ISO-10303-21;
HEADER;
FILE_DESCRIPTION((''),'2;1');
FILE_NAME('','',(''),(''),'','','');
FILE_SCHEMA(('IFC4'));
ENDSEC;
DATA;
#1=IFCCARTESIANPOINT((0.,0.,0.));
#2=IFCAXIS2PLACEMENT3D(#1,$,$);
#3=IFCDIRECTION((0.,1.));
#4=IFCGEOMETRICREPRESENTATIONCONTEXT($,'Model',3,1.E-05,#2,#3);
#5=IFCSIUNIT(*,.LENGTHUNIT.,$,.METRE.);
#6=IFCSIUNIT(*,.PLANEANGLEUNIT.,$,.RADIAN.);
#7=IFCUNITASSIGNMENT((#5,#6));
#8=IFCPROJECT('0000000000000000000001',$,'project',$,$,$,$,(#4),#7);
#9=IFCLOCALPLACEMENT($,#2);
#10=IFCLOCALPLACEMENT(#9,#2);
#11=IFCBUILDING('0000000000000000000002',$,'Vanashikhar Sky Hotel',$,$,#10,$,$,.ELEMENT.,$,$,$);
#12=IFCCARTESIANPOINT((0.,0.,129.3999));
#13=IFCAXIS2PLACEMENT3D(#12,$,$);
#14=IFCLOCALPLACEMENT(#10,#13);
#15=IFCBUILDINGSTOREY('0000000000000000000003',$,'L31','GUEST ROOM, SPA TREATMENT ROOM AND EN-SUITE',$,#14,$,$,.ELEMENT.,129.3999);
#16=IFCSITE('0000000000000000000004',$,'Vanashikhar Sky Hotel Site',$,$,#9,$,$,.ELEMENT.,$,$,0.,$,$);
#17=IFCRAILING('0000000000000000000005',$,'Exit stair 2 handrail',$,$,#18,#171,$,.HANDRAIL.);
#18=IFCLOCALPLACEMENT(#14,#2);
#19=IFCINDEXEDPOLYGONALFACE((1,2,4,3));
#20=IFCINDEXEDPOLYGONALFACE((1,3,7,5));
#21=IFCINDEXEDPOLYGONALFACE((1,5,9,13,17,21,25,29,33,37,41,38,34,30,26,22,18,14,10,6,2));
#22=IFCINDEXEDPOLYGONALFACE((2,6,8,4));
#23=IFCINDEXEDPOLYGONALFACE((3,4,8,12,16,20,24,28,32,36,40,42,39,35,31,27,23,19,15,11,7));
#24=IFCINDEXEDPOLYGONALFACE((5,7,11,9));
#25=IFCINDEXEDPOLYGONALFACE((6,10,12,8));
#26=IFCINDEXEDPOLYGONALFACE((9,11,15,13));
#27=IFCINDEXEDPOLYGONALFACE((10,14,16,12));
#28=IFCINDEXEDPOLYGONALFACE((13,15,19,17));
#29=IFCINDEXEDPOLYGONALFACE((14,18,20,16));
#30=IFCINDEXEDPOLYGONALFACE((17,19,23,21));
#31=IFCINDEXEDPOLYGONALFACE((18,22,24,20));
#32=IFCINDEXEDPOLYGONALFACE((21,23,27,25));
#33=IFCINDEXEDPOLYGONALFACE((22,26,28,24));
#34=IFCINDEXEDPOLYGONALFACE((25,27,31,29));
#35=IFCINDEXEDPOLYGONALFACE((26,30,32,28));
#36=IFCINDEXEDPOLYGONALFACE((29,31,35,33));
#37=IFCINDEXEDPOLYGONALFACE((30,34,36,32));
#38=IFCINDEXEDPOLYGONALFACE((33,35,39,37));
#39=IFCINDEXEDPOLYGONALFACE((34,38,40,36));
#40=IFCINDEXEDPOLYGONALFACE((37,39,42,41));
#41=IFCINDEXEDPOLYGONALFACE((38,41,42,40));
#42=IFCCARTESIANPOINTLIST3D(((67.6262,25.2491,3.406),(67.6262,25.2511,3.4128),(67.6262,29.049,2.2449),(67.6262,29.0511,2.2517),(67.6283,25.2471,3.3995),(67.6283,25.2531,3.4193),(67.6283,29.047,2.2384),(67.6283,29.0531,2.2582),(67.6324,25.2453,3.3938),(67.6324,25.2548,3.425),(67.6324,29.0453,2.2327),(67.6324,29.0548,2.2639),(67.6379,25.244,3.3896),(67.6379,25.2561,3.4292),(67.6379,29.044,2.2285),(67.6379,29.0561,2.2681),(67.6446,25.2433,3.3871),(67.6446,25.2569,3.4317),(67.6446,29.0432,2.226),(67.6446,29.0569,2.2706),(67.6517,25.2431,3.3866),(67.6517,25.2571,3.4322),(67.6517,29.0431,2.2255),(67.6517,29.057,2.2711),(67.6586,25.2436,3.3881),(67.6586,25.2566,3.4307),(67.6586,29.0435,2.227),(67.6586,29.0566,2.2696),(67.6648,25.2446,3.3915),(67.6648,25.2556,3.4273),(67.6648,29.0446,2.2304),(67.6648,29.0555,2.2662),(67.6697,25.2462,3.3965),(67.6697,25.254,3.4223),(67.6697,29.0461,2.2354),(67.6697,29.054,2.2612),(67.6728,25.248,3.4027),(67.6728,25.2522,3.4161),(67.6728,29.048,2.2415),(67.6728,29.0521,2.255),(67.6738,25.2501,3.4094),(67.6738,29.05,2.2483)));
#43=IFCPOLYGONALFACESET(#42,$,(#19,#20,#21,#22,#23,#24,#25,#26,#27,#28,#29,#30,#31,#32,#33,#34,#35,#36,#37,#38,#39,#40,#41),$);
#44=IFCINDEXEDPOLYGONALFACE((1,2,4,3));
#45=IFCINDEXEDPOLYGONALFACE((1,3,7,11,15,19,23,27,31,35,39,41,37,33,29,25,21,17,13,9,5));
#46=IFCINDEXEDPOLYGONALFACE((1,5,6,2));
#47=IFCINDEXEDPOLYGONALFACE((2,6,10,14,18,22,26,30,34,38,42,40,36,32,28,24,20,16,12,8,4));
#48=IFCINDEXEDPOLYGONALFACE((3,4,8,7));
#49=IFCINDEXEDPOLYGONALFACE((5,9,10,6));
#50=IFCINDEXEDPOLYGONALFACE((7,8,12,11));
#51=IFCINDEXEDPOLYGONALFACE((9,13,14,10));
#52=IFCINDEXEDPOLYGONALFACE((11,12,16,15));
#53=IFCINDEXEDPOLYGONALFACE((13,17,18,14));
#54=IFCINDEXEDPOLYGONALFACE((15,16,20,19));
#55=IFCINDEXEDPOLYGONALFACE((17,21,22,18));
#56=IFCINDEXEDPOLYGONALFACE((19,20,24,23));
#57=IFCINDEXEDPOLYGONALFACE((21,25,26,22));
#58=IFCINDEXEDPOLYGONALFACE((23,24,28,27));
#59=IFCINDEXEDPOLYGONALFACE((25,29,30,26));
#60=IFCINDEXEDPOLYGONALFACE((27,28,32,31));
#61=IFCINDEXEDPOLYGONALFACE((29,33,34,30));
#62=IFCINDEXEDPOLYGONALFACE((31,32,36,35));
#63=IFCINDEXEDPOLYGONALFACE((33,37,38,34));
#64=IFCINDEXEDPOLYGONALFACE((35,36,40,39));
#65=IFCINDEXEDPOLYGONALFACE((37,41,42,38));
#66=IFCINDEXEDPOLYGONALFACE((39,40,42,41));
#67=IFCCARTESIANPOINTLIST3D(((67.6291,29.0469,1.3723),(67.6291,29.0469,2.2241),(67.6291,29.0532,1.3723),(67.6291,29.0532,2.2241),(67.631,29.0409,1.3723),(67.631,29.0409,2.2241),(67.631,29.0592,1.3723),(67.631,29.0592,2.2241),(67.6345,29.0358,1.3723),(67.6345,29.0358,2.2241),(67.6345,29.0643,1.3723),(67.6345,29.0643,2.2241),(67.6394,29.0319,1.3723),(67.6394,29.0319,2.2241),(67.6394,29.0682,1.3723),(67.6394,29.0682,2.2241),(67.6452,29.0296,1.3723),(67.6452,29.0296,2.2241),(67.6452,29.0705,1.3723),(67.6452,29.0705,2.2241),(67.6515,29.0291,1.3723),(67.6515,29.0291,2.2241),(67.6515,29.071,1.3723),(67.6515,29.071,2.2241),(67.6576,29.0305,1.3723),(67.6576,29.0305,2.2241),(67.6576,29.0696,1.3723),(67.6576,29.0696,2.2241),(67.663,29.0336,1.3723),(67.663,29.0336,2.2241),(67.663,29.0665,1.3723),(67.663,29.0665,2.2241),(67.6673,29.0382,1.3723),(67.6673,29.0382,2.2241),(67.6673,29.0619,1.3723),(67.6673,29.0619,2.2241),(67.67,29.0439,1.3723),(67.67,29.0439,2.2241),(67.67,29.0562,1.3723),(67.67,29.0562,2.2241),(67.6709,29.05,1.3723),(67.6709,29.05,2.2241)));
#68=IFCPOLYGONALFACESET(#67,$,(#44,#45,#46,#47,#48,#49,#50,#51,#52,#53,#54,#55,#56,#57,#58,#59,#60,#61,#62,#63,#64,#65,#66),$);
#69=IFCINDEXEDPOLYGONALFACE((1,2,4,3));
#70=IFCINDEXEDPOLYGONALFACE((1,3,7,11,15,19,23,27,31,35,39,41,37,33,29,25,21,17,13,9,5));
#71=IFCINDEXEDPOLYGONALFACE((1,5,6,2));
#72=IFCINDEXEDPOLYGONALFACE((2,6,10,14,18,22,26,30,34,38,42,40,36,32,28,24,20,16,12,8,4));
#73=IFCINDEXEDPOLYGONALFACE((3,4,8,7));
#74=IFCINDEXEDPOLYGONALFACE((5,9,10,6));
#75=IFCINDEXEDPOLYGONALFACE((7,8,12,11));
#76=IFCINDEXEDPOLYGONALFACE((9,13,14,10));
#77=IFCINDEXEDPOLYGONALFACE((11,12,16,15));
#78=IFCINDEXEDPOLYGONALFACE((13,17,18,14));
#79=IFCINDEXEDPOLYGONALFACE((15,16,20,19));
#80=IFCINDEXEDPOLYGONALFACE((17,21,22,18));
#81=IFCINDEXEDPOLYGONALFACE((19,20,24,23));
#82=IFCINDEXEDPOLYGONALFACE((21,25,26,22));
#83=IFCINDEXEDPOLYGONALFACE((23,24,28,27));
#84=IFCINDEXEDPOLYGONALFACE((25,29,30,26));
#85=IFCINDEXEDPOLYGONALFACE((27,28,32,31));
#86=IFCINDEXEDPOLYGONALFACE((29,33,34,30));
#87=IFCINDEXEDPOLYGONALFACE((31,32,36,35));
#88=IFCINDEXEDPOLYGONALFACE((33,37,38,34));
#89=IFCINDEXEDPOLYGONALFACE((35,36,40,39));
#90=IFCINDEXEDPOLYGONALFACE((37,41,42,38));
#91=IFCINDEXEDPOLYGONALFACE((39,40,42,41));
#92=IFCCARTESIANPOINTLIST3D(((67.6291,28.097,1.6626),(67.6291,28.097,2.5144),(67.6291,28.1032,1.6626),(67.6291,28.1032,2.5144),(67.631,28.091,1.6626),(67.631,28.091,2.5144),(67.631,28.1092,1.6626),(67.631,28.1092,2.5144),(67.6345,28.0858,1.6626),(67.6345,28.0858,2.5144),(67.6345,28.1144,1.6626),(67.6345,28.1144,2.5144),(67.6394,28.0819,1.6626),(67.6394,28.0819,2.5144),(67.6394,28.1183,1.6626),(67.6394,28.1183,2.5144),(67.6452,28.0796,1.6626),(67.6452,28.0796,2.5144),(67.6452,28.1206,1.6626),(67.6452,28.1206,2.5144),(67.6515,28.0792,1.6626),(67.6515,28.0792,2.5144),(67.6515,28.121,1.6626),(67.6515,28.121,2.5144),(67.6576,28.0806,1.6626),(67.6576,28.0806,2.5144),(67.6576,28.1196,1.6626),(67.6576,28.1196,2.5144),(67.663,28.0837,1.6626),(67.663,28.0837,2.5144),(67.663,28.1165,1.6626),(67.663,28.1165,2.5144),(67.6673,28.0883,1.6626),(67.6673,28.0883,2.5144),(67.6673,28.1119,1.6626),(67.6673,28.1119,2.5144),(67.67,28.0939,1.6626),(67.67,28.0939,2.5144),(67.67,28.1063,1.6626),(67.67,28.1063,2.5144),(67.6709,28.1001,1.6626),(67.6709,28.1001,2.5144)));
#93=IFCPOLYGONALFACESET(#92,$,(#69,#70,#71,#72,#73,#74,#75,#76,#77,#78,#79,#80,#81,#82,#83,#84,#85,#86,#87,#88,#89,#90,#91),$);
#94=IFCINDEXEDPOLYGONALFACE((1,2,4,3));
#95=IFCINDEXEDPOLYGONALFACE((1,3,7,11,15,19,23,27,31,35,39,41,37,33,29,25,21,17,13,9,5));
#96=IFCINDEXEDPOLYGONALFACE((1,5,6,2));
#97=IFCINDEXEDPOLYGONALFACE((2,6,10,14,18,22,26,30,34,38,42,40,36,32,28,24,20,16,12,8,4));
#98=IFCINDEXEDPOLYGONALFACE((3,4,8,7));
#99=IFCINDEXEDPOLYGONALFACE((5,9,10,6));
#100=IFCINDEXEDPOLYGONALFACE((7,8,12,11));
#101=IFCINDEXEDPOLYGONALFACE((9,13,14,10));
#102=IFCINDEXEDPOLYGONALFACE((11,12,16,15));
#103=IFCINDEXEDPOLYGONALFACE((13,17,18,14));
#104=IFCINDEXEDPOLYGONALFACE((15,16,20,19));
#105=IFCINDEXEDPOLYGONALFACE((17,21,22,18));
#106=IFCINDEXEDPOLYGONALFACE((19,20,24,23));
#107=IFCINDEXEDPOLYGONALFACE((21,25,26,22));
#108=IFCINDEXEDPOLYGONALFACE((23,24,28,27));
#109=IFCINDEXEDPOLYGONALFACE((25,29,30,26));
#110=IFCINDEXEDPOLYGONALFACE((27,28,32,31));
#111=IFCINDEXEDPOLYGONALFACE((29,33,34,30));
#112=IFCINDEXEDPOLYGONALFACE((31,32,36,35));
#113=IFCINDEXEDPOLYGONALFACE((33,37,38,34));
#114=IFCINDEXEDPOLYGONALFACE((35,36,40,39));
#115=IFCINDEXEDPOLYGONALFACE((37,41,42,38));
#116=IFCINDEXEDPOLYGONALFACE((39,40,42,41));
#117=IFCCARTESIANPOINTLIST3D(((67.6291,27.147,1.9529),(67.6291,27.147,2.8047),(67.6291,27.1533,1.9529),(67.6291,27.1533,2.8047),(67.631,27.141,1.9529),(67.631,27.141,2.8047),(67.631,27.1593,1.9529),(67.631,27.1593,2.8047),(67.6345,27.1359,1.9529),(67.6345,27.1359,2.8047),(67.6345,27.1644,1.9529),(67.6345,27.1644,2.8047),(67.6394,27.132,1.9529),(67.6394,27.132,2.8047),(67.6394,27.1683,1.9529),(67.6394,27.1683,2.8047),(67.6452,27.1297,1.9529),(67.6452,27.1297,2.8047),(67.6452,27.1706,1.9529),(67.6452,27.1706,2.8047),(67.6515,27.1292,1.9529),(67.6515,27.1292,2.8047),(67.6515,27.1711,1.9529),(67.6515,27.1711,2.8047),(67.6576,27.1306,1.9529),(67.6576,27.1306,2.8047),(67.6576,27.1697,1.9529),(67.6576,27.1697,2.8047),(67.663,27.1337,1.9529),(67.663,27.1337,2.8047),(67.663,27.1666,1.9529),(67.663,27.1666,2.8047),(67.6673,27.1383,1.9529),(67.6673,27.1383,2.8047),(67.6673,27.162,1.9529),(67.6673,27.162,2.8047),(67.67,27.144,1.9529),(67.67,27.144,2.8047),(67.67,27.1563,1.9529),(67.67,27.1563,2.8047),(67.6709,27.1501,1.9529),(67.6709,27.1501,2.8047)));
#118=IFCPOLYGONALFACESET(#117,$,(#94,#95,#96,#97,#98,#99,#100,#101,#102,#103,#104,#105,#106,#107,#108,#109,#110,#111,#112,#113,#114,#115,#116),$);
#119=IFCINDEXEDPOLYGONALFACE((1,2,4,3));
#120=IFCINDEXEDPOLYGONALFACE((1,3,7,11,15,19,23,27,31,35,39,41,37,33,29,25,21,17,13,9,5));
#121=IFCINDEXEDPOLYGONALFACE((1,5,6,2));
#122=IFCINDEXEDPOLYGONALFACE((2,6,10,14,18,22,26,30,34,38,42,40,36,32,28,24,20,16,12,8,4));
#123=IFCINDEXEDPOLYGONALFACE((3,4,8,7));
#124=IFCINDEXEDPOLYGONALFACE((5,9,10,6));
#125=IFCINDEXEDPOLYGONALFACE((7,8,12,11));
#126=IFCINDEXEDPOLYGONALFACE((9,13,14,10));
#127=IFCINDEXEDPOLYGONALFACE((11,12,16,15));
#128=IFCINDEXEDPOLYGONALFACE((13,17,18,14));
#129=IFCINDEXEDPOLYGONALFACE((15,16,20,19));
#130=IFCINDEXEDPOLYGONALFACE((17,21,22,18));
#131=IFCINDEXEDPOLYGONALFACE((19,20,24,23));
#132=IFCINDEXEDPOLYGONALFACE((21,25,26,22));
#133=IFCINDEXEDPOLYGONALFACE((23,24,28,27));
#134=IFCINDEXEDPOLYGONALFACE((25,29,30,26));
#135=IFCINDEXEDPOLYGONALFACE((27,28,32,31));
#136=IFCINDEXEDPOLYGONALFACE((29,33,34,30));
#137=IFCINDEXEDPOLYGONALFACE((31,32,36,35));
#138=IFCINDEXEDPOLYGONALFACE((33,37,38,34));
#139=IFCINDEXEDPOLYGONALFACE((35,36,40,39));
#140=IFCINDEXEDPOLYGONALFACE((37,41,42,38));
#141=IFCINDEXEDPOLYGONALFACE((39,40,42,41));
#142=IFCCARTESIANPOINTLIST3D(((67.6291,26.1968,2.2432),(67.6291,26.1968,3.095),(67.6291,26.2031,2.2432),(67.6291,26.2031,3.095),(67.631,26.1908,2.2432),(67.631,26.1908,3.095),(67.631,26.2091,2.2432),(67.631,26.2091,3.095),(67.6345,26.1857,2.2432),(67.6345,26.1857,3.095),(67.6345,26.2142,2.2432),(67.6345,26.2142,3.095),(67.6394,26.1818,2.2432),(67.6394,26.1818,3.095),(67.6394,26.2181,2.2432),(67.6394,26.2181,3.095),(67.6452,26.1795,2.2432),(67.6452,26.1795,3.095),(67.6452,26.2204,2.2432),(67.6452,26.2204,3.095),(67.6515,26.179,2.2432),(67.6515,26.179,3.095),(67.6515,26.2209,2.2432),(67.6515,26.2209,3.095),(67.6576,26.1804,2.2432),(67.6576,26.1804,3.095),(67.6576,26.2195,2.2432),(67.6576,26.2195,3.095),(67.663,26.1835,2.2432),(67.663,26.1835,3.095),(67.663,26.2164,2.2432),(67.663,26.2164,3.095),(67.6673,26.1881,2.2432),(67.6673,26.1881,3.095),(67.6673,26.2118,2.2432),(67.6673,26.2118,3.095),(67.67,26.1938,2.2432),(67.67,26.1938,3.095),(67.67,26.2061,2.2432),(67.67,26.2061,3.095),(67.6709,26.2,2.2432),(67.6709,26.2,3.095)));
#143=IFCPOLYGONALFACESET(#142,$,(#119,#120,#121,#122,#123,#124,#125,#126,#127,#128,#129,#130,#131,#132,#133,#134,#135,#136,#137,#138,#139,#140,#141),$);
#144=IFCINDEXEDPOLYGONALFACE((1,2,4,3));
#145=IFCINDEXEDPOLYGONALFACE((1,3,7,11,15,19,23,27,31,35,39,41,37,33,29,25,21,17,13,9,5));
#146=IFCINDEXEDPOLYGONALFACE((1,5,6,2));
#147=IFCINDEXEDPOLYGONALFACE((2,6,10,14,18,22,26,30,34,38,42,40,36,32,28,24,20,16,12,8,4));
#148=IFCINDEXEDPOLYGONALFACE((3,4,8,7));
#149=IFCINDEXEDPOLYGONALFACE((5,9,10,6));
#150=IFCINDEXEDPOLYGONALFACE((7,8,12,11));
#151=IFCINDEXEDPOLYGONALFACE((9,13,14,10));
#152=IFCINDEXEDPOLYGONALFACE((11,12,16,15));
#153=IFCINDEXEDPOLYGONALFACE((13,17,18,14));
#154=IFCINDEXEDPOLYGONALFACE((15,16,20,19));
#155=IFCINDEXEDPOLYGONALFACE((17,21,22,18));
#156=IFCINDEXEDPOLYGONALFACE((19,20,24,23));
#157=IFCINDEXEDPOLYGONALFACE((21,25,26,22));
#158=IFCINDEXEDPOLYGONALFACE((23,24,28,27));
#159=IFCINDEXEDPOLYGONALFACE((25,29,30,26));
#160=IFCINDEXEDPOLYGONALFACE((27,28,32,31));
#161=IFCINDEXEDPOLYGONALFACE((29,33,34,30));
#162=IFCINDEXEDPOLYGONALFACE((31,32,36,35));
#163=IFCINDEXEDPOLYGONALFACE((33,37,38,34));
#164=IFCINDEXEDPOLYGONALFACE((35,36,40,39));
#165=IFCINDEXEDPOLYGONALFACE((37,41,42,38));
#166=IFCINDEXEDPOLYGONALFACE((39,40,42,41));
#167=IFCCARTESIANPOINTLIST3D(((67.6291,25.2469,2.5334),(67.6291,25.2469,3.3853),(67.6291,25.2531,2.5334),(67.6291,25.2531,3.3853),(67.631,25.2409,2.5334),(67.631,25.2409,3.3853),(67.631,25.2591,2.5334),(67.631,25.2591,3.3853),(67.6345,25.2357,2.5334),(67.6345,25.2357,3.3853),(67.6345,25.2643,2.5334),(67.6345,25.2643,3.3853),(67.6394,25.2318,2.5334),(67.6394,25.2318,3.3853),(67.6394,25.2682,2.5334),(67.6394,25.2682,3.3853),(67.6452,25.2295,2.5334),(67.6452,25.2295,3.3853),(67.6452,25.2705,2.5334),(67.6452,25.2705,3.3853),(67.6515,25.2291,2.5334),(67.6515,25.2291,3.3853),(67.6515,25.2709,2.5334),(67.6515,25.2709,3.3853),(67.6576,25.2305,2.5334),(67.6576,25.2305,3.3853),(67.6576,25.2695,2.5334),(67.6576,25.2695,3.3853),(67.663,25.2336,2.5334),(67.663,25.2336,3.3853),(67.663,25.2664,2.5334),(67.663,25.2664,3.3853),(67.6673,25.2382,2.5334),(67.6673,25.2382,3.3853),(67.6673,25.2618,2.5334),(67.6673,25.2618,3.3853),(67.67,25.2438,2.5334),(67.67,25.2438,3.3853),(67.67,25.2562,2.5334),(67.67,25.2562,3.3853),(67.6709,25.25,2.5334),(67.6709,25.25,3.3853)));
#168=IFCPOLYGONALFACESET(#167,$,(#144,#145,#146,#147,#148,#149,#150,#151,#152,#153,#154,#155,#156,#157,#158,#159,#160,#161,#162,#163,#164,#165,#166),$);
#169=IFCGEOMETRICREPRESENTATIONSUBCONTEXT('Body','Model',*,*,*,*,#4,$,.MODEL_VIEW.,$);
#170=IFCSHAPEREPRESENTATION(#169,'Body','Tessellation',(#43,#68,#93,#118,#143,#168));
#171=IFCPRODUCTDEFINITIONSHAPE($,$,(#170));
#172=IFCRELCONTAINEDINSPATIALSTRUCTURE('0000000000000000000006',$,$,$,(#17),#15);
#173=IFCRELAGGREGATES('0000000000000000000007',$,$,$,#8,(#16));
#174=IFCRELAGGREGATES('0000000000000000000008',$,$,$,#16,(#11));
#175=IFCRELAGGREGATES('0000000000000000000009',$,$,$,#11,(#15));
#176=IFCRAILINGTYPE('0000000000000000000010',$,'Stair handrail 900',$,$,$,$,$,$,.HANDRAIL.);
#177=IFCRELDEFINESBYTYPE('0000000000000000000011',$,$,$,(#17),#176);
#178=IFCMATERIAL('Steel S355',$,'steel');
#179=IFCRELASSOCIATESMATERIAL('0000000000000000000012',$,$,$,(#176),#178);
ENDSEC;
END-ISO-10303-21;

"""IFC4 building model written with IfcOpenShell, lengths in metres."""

from ifc_helpers import new_model, si_unit, direction, frame, origin, origin_2d, place, context, subcontext, project, spatial, circle, extrude, source, transform, mapped, material, type_object, element, save


model = new_model("IFC4")

# Units and contexts
model_context = context("Model", 3, precision=1e-05, world=origin(), true_north=direction((0.0, 1.0)))
body_context = subcontext(model_context, "Body", "Model", "MODEL_VIEW")
ifc_project = project(units=[si_unit("LENGTHUNIT", "METRE"), si_unit("PLANEANGLEUNIT", "RADIAN")], contexts=[model_context])

# Site, building, storey
site_placement = place(None, origin())
site = spatial("IfcSite", under=ifc_project, at=site_placement, Name="Vanashikhar Sky Hotel Site", CompositionType="ELEMENT", RefElevation=0.0)
building_placement = place(site_placement, origin())
building = spatial("IfcBuilding", under=site, at=building_placement, Name="Vanashikhar Sky Hotel", CompositionType="ELEMENT")
storey_placement = place(building_placement, frame((0.0, 0.0, 129.3999)))
storey = spatial("IfcBuildingStorey", under=building, at=storey_placement, Name="L31", Description="GUEST ROOM, SPA TREATMENT ROOM AND EN-SUITE", CompositionType="ELEMENT", Elevation=129.3999)

# Railing
ifc_material_1 = material(Name="Steel S355", Category="steel")
railing_type_1 = type_object("IfcRailingType", Name="Stair handrail 900", PredefinedType="HANDRAIL", material=ifc_material_1)
shared_shape_1 = source(origin(), body_context, "Body", "SweptSolid", [
    extrude(circle(Radius=0.0239, at=origin_2d()), frame((0.0, 0.0, 0.876), z_axis=(0.0, -0.956351, 0.29222), x_axis=(1.0, 0.0, 0.0)), (0.0, 0.0, 1.0), 3.9734),
    extrude(circle(Radius=0.021, at=origin_2d()), origin(), (0.0, 0.0, 1.0), 0.8518),
    extrude(circle(Radius=0.021, at=origin_2d()), frame((0.0, -0.95, 0.2903)), (0.0, 0.0, 1.0), 0.8518),
    extrude(circle(Radius=0.021, at=origin_2d()), frame((0.0, -1.8999, 0.5806)), (0.0, 0.0, 1.0), 0.8518),
    extrude(circle(Radius=0.021, at=origin_2d()), frame((0.0, -2.8501, 0.8708)), (0.0, 0.0, 1.0), 0.8518),
    extrude(circle(Radius=0.021, at=origin_2d()), frame((0.0, -3.8, 1.1611)), (0.0, 0.0, 1.0), 0.8518),
])
for number, where, name in (
    (1, (67.6499, 29.05, 1.3723), "Exit stair 2 handrail"),
):
    element("IfcRailing", number, at=place(storey_placement, frame(where)), inside=storey, type_object=railing_type_1, Name=name, PredefinedType="HANDRAIL", context=body_context, shape_type="MappedRepresentation", body=[
        mapped(shared_shape_1, transform((0.0, 0.0, 0.0), scale=1.0)),
    ])

save(model, "model.ifc")
